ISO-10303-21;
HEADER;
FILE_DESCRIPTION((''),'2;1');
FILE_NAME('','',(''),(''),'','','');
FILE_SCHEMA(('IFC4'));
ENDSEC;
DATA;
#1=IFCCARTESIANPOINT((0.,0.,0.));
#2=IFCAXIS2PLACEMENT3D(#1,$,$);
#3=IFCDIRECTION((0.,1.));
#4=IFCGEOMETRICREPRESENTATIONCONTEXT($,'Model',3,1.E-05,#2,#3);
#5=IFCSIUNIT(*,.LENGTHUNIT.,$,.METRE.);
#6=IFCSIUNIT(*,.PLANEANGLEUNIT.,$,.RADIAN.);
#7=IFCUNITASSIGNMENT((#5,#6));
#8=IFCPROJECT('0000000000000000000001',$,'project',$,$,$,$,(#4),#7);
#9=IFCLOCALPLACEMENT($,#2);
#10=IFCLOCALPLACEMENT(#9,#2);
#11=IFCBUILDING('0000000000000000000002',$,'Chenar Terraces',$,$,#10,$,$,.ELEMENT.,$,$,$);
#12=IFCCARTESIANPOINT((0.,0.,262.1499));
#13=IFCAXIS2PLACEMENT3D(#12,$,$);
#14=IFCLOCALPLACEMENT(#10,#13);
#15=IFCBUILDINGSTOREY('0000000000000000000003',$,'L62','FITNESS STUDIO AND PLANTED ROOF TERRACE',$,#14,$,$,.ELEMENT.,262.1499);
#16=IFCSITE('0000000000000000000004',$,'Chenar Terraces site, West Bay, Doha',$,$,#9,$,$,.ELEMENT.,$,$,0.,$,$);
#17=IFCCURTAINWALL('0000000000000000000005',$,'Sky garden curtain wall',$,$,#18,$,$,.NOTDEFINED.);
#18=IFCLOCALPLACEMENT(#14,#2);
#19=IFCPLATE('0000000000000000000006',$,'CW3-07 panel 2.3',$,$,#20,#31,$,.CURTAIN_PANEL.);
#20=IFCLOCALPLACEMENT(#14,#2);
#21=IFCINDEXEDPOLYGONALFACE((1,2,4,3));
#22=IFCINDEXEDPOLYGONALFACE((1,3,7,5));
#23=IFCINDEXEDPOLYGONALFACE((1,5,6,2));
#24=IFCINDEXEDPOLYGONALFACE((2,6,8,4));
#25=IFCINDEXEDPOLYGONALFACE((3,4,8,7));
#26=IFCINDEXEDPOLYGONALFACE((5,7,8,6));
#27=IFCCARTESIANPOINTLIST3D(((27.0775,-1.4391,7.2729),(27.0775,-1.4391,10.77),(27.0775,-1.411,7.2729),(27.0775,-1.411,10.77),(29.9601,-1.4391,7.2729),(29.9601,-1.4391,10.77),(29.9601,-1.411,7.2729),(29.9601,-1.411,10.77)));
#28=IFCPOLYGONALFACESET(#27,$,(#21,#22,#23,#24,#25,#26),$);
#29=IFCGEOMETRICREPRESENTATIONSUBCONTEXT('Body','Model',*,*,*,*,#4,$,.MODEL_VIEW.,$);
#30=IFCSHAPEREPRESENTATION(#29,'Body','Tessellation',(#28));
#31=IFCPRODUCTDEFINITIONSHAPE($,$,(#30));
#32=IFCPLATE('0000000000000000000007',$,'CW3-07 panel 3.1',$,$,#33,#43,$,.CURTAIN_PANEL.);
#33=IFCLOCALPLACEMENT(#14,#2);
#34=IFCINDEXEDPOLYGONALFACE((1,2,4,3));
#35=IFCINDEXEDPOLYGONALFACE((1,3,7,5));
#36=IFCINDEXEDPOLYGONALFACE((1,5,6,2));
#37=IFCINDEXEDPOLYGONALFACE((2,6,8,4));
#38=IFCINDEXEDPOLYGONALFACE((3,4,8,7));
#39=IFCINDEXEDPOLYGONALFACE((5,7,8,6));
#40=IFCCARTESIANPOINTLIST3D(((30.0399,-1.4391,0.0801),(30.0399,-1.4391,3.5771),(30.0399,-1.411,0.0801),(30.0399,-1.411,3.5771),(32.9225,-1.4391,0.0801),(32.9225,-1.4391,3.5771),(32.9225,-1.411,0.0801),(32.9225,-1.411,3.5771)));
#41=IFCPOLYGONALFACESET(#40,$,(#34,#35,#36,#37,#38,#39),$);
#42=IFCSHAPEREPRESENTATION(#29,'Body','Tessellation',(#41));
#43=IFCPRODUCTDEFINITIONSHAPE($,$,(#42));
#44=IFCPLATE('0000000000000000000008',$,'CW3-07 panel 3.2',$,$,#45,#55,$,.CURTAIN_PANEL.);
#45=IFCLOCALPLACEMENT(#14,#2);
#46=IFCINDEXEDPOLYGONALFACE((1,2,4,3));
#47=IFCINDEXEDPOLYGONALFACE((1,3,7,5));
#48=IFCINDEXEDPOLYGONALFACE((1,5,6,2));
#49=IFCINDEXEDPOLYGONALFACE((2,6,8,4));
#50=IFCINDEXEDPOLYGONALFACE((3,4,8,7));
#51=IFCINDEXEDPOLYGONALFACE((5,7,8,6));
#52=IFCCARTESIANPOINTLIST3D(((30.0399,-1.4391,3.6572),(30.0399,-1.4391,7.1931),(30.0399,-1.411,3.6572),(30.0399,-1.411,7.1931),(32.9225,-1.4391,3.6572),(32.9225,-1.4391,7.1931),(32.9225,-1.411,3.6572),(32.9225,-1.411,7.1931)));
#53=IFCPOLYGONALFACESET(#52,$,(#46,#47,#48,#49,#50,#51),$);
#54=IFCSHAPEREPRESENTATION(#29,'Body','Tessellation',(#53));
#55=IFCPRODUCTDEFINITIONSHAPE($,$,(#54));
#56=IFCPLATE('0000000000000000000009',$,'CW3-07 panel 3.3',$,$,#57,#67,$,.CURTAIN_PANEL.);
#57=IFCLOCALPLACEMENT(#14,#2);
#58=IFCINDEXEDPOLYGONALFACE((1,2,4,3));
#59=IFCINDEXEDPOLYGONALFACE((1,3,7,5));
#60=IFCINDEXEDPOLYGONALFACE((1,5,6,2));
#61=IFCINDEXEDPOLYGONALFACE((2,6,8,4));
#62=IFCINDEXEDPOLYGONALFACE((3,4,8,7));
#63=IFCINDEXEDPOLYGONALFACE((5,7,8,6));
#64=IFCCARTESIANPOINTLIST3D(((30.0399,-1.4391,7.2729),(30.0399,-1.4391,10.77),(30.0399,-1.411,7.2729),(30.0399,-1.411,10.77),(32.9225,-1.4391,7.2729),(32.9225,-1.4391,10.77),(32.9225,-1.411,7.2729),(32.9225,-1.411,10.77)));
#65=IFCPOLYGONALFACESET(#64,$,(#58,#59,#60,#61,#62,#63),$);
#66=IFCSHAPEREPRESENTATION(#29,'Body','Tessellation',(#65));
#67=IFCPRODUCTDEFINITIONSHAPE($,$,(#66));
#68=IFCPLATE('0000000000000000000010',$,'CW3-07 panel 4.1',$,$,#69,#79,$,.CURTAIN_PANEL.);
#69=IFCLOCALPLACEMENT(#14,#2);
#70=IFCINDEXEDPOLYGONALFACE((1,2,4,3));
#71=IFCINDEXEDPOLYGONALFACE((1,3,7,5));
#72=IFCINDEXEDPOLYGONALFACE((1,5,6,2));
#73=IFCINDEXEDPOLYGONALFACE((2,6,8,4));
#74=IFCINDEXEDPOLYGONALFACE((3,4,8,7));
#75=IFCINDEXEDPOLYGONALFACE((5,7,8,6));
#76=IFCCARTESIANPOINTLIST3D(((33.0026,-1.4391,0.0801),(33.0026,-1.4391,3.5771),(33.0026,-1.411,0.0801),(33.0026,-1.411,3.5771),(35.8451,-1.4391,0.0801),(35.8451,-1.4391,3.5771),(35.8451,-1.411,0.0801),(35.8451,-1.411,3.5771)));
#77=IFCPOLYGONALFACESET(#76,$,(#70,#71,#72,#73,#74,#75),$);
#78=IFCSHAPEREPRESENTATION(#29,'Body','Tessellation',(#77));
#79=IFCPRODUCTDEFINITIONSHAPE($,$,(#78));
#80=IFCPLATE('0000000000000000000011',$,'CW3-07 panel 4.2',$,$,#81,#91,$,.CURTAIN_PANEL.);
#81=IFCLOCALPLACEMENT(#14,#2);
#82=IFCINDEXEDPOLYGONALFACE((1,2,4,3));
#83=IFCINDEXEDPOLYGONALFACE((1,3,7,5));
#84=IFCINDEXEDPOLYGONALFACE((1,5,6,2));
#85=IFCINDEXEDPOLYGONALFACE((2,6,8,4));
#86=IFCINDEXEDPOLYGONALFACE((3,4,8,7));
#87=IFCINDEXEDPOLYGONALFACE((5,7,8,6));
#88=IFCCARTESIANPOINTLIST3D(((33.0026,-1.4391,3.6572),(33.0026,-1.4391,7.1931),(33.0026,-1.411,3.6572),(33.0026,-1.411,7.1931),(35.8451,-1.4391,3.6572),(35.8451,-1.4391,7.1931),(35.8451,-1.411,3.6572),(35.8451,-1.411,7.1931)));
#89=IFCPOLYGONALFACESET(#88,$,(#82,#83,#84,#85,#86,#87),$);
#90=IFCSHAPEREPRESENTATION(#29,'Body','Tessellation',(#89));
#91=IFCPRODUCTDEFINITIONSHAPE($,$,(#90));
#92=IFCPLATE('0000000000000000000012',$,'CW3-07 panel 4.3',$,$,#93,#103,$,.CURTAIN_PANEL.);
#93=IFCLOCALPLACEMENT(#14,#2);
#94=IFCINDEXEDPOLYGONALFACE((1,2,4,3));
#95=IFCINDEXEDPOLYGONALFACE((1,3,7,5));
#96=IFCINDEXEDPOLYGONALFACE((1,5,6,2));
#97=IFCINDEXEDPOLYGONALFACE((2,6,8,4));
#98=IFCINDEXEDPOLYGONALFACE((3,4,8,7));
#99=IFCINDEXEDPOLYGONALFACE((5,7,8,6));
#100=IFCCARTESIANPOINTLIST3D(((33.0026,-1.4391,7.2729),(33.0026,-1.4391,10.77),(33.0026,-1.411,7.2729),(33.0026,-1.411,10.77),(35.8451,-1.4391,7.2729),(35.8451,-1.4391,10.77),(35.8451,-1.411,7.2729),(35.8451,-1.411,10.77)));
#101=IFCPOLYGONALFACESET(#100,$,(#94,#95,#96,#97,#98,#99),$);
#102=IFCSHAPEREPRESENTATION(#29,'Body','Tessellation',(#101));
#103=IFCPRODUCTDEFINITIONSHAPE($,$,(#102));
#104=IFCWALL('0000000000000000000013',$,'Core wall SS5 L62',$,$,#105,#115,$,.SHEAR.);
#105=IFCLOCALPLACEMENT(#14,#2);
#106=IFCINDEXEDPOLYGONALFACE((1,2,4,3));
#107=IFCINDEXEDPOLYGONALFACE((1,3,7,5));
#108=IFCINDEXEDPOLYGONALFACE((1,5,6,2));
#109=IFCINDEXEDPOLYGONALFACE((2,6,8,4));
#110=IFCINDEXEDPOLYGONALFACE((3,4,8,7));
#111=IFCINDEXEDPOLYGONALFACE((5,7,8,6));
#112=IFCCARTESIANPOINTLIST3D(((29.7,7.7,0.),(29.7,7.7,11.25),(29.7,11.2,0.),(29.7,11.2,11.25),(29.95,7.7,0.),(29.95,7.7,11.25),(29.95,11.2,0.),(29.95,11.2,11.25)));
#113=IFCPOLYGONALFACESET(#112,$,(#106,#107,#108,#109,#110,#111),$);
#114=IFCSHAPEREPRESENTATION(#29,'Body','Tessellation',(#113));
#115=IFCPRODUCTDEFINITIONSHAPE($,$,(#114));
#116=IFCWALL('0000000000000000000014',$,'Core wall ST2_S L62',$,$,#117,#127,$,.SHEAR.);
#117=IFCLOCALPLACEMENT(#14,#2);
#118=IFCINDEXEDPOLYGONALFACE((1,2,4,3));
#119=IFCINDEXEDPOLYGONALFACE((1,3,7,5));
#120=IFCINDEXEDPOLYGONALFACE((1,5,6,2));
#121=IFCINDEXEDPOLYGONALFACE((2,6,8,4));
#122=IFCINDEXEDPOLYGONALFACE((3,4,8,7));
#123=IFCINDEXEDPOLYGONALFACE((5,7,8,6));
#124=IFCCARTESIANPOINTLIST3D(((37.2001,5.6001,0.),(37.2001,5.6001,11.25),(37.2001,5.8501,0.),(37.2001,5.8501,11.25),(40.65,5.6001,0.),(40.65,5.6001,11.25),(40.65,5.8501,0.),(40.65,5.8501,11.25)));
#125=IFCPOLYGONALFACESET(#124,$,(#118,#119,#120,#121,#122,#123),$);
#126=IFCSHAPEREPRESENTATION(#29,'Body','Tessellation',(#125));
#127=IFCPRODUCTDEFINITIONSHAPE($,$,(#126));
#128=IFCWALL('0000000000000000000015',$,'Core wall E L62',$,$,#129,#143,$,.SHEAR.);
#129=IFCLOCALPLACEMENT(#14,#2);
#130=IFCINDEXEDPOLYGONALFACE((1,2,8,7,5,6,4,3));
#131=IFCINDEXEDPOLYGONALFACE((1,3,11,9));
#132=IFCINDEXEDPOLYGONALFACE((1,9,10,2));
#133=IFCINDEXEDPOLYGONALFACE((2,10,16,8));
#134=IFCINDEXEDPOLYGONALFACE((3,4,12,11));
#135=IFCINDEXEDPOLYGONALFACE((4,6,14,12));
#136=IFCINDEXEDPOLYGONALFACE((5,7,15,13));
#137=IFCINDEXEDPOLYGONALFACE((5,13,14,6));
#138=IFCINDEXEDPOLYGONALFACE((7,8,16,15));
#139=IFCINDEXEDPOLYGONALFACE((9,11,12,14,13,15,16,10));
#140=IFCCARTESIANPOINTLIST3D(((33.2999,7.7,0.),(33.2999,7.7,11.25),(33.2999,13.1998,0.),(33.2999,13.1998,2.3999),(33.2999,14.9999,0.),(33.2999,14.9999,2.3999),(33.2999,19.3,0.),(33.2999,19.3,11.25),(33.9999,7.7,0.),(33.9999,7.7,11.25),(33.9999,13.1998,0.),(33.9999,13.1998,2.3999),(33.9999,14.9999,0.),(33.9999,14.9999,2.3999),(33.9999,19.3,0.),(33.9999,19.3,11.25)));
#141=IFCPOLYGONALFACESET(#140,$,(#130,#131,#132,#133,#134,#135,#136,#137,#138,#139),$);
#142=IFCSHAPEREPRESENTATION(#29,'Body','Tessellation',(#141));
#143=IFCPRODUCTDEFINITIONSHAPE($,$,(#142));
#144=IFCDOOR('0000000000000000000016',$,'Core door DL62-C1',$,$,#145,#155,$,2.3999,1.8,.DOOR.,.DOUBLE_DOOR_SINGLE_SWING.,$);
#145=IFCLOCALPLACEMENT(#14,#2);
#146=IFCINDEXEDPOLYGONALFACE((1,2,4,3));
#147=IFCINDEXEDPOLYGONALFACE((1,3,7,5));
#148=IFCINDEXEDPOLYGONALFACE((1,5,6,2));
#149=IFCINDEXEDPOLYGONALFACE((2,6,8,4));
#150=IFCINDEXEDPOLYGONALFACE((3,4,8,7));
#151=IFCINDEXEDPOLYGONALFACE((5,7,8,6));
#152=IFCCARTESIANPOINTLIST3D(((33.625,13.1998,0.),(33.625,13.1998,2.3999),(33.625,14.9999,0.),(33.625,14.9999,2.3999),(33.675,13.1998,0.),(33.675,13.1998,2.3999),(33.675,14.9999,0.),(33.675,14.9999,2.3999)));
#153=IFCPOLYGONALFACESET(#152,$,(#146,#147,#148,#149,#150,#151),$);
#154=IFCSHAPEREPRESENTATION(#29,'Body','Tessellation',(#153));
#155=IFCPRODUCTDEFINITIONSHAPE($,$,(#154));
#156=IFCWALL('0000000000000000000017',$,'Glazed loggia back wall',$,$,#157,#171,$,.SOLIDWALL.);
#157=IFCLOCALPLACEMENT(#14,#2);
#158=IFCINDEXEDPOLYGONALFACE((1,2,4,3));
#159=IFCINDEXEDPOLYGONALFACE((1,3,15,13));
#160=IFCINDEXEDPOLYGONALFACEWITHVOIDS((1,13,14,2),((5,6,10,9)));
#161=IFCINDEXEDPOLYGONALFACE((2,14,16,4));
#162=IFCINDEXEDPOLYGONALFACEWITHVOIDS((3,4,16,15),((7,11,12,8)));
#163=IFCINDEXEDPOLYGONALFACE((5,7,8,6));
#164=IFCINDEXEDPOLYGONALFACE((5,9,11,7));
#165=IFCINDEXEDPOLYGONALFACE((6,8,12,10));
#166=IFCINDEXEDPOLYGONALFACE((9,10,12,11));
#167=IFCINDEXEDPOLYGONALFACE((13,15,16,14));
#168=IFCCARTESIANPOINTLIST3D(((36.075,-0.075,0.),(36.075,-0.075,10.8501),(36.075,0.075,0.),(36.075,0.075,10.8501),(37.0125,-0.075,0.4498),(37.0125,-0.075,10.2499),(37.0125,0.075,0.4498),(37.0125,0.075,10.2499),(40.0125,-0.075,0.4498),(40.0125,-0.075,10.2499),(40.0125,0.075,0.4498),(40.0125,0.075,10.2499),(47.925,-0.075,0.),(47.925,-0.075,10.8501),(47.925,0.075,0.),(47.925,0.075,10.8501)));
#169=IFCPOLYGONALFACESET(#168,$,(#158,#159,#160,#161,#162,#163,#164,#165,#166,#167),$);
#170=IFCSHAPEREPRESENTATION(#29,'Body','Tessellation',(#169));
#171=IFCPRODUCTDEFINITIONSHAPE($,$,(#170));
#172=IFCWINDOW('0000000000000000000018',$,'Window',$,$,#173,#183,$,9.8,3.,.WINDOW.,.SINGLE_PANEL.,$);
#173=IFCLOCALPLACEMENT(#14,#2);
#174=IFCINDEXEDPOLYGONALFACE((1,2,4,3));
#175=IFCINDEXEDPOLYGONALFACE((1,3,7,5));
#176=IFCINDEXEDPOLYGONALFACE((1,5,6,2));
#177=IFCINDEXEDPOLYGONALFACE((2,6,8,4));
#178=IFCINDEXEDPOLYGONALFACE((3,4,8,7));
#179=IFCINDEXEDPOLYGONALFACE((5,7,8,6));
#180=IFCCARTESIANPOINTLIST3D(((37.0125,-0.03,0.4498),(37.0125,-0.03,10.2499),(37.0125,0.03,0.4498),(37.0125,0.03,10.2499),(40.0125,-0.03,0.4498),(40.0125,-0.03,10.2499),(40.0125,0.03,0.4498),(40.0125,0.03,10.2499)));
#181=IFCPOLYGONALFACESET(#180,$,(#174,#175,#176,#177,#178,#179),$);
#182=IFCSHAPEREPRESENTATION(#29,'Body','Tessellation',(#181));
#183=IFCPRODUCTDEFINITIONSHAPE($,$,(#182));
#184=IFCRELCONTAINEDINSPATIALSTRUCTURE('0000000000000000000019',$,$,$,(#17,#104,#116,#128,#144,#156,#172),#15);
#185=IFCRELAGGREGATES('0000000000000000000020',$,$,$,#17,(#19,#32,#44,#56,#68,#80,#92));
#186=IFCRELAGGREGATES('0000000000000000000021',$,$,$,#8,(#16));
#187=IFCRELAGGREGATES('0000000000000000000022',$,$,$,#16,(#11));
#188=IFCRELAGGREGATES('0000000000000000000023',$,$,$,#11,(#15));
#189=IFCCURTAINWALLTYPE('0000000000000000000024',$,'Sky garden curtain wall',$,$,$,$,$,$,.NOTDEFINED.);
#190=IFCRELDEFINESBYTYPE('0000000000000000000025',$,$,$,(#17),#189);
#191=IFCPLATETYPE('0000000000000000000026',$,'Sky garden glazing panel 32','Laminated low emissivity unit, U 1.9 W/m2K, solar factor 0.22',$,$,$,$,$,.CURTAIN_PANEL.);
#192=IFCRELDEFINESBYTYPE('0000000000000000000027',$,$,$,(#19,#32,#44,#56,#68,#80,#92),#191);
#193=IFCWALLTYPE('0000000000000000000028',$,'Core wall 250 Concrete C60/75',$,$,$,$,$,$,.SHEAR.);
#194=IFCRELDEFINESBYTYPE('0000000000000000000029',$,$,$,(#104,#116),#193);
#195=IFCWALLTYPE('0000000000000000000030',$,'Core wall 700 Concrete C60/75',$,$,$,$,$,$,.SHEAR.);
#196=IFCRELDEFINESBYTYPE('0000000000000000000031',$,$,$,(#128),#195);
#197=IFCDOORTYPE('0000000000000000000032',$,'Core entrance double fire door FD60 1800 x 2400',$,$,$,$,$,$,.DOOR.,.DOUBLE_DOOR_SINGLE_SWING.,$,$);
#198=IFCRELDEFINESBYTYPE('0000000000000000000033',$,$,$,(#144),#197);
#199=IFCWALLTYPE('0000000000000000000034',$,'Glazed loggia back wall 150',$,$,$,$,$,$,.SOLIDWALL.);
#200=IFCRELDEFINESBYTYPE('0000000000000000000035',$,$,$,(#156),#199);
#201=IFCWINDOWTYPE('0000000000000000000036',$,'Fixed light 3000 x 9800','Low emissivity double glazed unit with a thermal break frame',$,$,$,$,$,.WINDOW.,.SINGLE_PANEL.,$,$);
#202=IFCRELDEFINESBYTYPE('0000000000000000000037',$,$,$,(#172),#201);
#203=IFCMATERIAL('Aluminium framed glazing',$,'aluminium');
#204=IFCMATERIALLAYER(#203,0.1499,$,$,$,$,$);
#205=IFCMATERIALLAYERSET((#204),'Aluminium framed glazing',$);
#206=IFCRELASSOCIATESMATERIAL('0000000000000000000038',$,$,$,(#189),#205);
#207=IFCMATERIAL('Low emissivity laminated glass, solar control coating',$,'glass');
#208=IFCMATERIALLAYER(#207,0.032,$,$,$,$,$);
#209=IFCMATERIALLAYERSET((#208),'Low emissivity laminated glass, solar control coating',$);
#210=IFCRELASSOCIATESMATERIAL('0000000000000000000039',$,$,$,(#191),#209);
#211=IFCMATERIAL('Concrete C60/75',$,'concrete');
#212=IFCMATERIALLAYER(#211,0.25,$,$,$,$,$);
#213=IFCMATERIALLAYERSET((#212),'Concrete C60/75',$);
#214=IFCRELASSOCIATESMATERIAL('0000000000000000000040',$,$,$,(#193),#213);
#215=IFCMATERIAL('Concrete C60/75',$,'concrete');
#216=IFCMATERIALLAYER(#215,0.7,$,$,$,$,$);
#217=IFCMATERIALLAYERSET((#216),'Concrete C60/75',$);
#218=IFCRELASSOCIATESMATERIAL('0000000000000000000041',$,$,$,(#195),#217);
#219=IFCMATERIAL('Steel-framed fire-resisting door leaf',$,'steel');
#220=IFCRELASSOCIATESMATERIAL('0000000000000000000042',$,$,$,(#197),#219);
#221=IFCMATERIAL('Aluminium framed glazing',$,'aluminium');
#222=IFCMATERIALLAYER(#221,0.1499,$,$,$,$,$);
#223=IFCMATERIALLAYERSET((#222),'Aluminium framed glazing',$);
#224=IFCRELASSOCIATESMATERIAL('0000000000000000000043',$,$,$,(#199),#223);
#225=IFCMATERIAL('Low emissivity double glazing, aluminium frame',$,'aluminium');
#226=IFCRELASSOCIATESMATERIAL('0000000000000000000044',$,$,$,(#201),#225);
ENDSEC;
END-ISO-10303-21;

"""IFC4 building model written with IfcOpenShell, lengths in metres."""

from ifc_helpers import new_model, si_unit, direction, frame, frame_2d, origin, origin_2d, place, context, subcontext, project, spatial, rectangle, extrude, material, layer, layer_set, type_object, element, fill, aggregate, save


model = new_model("IFC4")

# Units and contexts
model_context = context("Model", 3, precision=1e-05, world=origin(), true_north=direction((0.0, 1.0)))
body_context = subcontext(model_context, "Body", "Model", "MODEL_VIEW")
ifc_project = project(units=[si_unit("LENGTHUNIT", "METRE"), si_unit("PLANEANGLEUNIT", "RADIAN")], contexts=[model_context])

# Site, building, storey
site_placement = place(None, origin())
site = spatial("IfcSite", under=ifc_project, at=site_placement, Name="Chenar Terraces site, West Bay, Doha", CompositionType="ELEMENT", RefElevation=0.0)
building_placement = place(site_placement, origin())
building = spatial("IfcBuilding", under=site, at=building_placement, Name="Chenar Terraces", CompositionType="ELEMENT")
storey_placement = place(building_placement, frame((0.0, 0.0, 262.1499)))
storey = spatial("IfcBuildingStorey", under=building, at=storey_placement, Name="L62", Description="FITNESS STUDIO AND PLANTED ROOF TERRACE", CompositionType="ELEMENT", Elevation=262.1499)

# Curtain wall, plates
ifc_material_1 = material(Name="Aluminium framed glazing", Category="aluminium")
ifc_layer_1 = layer(ifc_material_1, 0.1499)
ifc_layer_set_1 = layer_set([ifc_layer_1], Name="Aluminium framed glazing")
curtain_wall_type = type_object("IfcCurtainWallType", Name="Sky garden curtain wall", PredefinedType="NOTDEFINED", material=ifc_layer_set_1)
curtain_wall_placement = place(storey_placement, origin())
curtain_wall = element("IfcCurtainWall", 1, at=curtain_wall_placement, inside=storey, type_object=curtain_wall_type, Name="Sky garden curtain wall", PredefinedType="NOTDEFINED")
ifc_material_2 = material(Name="Low emissivity laminated glass, solar control coating", Category="glass")
ifc_layer_2 = layer(ifc_material_2, 0.032)
ifc_layer_set_2 = layer_set([ifc_layer_2], Name="Low emissivity laminated glass, solar control coating")
plate_type = type_object("IfcPlateType", Name="Sky garden glazing panel 32", Description="Laminated low emissivity unit, U 1.9 W/m2K, solar factor 0.22", PredefinedType="CURTAIN_PANEL", material=ifc_layer_set_2)
plate_1_placement = place(storey_placement, frame((28.5188, -1.425, 7.2729), z_axis=(0.0, 0.0, 1.0), x_axis=(1.0, 0.0, 0.0)))
plate_1 = element("IfcPlate", 2, at=plate_1_placement, type_object=plate_type, Name="CW3-07 panel 2.3", PredefinedType="CURTAIN_PANEL", context=body_context, shape_type="SweptSolid", body=[
    extrude(rectangle(XDim=2.8826, YDim=0.0281, at=origin_2d()), origin(), (0.0, 0.0, 1.0), 3.4971),
])
plate_2_placement = place(storey_placement, frame((31.4812, -1.425, 0.0801), z_axis=(0.0, 0.0, 1.0), x_axis=(1.0, 0.0, 0.0)))
plate_2 = element("IfcPlate", 3, at=plate_2_placement, type_object=plate_type, Name="CW3-07 panel 3.1", PredefinedType="CURTAIN_PANEL", context=body_context, shape_type="SweptSolid", body=[
    extrude(rectangle(XDim=2.8826, YDim=0.0281, at=origin_2d()), origin(), (0.0, 0.0, 1.0), 3.4971),
])
plate_3_placement = place(storey_placement, frame((31.4812, -1.425, 3.6572), z_axis=(0.0, 0.0, 1.0), x_axis=(1.0, 0.0, 0.0)))
plate_3 = element("IfcPlate", 4, at=plate_3_placement, type_object=plate_type, Name="CW3-07 panel 3.2", PredefinedType="CURTAIN_PANEL", context=body_context, shape_type="SweptSolid", body=[
    extrude(rectangle(XDim=2.8826, YDim=0.0281, at=origin_2d()), origin(), (0.0, 0.0, 1.0), 3.5359),
])
plate_4_placement = place(storey_placement, frame((31.4812, -1.425, 7.2729), z_axis=(0.0, 0.0, 1.0), x_axis=(1.0, 0.0, 0.0)))
plate_4 = element("IfcPlate", 5, at=plate_4_placement, type_object=plate_type, Name="CW3-07 panel 3.3", PredefinedType="CURTAIN_PANEL", context=body_context, shape_type="SweptSolid", body=[
    extrude(rectangle(XDim=2.8826, YDim=0.0281, at=origin_2d()), origin(), (0.0, 0.0, 1.0), 3.4971),
])
plate_5_placement = place(storey_placement, frame((34.4238, -1.425, 0.0801), z_axis=(0.0, 0.0, 1.0), x_axis=(1.0, 0.0, 0.0)))
plate_5 = element("IfcPlate", 6, at=plate_5_placement, type_object=plate_type, Name="CW3-07 panel 4.1", PredefinedType="CURTAIN_PANEL", context=body_context, shape_type="SweptSolid", body=[
    extrude(rectangle(XDim=2.8425, YDim=0.0281, at=origin_2d()), origin(), (0.0, 0.0, 1.0), 3.4971),
])
plate_6_placement = place(storey_placement, frame((34.4238, -1.425, 3.6572), z_axis=(0.0, 0.0, 1.0), x_axis=(1.0, 0.0, 0.0)))
plate_6 = element("IfcPlate", 7, at=plate_6_placement, type_object=plate_type, Name="CW3-07 panel 4.2", PredefinedType="CURTAIN_PANEL", context=body_context, shape_type="SweptSolid", body=[
    extrude(rectangle(XDim=2.8425, YDim=0.0281, at=origin_2d()), origin(), (0.0, 0.0, 1.0), 3.5359),
])
plate_7_placement = place(storey_placement, frame((34.4238, -1.425, 7.2729), z_axis=(0.0, 0.0, 1.0), x_axis=(1.0, 0.0, 0.0)))
plate_7 = element("IfcPlate", 8, at=plate_7_placement, type_object=plate_type, Name="CW3-07 panel 4.3", PredefinedType="CURTAIN_PANEL", context=body_context, shape_type="SweptSolid", body=[
    extrude(rectangle(XDim=2.8425, YDim=0.0281, at=origin_2d()), origin(), (0.0, 0.0, 1.0), 3.4971),
])
aggregate(curtain_wall, [plate_1, plate_2, plate_3, plate_4, plate_5, plate_6, plate_7])

# Walls
ifc_material_3 = material(Name="Concrete C60/75", Category="concrete")
ifc_layer_3 = layer(ifc_material_3, 0.25)
ifc_layer_set_3 = layer_set([ifc_layer_3], Name="Concrete C60/75")
wall_type_1 = type_object("IfcWallType", Name="Core wall 250 Concrete C60/75", PredefinedType="SHEAR", material=ifc_layer_set_3)
wall_1_placement = place(storey_placement, frame((29.825, 7.7, 0.0), z_axis=(0.0, 0.0, 1.0), x_axis=(0.0, 1.0, 0.0)))
element("IfcWall", 9, at=wall_1_placement, inside=storey, type_object=wall_type_1, Name="Core wall SS5 L62", PredefinedType="SHEAR", context=body_context, shape_type="SweptSolid", body=[
    extrude(rectangle(XDim=3.5, YDim=0.25, at=frame_2d((1.75, 0.0))), origin(), (0.0, 0.0, 1.0), 11.25),
])
wall_2_placement = place(storey_placement, frame((37.2, 5.7251, 0.0), z_axis=(0.0, 0.0, 1.0), x_axis=(1.0, 0.0, 0.0)))
element("IfcWall", 10, at=wall_2_placement, inside=storey, type_object=wall_type_1, Name="Core wall ST2_S L62", PredefinedType="SHEAR", context=body_context, shape_type="SweptSolid", body=[
    extrude(rectangle(XDim=3.45, YDim=0.25, at=frame_2d((1.7251, 0.0))), origin(), (0.0, 0.0, 1.0), 11.25),
])

# Wall, opening, door
ifc_material_4 = material(Name="Concrete C60/75", Category="concrete")
ifc_layer_4 = layer(ifc_material_4, 0.7)
ifc_layer_set_4 = layer_set([ifc_layer_4], Name="Concrete C60/75")
wall_type_2 = type_object("IfcWallType", Name="Core wall 700 Concrete C60/75", PredefinedType="SHEAR", material=ifc_layer_set_4)
wall_3_placement = place(storey_placement, frame((33.6499, 7.7, 0.0), z_axis=(0.0, 0.0, 1.0), x_axis=(0.0, 1.0, 0.0)))
wall_3 = element("IfcWall", 11, at=wall_3_placement, inside=storey, type_object=wall_type_2, Name="Core wall E L62", PredefinedType="SHEAR", context=body_context, shape_type="SweptSolid", body=[
    extrude(rectangle(XDim=11.6001, YDim=0.7, at=frame_2d((5.8, 0.0))), origin(), (0.0, 0.0, 1.0), 11.25),
])
opening_1_placement = place(wall_3_placement, frame((5.5, 0.0, 0.0)))
opening_1 = element("IfcOpeningElement", 12, at=opening_1_placement, cuts=wall_3, PredefinedType="OPENING", context=body_context, shape_type="SweptSolid", body=[
    extrude(rectangle(XDim=1.8, YDim=2.3999, at=frame_2d((0.8999, 1.2))), frame((0.0, 0.3599, 0.0), z_axis=(0.0, -1.0, 0.0), x_axis=(1.0, 0.0, 0.0)), (0.0, 0.0, 1.0), 0.72),
])
ifc_material_5 = material(Name="Steel-framed fire-resisting door leaf", Category="steel")
door_type = type_object("IfcDoorType", Name="Core entrance double fire door FD60 1800 x 2400", OperationType="DOUBLE_DOOR_SINGLE_SWING", PredefinedType="DOOR", material=ifc_material_5)
door_placement = place(opening_1_placement, origin())
door = element("IfcDoor", 13, at=door_placement, inside=storey, type_object=door_type, Name="Core door DL62-C1", OperationType="DOUBLE_DOOR_SINGLE_SWING", OverallHeight=2.3999, OverallWidth=1.8, PredefinedType="DOOR", context=body_context, shape_type="SweptSolid", body=[
    extrude(rectangle(XDim=1.8, YDim=2.3999, at=frame_2d((0.8999, 1.2))), frame((0.0, 0.0249, 0.0), z_axis=(0.0, -1.0, 0.0), x_axis=(1.0, 0.0, 0.0)), (0.0, 0.0, 1.0), 0.05),
])
fill(opening_1, door)

# Wall, opening, window
ifc_material_6 = material(Name="Aluminium framed glazing", Category="aluminium")
ifc_layer_5 = layer(ifc_material_6, 0.1499)
ifc_layer_set_5 = layer_set([ifc_layer_5], Name="Aluminium framed glazing")
wall_type_3 = type_object("IfcWallType", Name="Glazed loggia back wall 150", PredefinedType="SOLIDWALL", material=ifc_layer_set_5)
wall_4_placement = place(storey_placement, frame((36.075, 0.0, 0.0), z_axis=(0.0, 0.0, 1.0), x_axis=(1.0, 0.0, 0.0)))
wall_4 = element("IfcWall", 14, at=wall_4_placement, inside=storey, type_object=wall_type_3, Name="Glazed loggia back wall", PredefinedType="SOLIDWALL", context=body_context, shape_type="SweptSolid", body=[
    extrude(rectangle(XDim=11.8501, YDim=0.1499, at=frame_2d((5.925, 0.0))), origin(), (0.0, 0.0, 1.0), 10.8501),
])
opening_2_placement = place(wall_4_placement, frame((0.9375, 0.0, 0.45)))
opening_2 = element("IfcOpeningElement", 15, at=opening_2_placement, cuts=wall_4, PredefinedType="OPENING", context=body_context, shape_type="SweptSolid", body=[
    extrude(rectangle(XDim=3.0, YDim=9.8, at=frame_2d((1.5, 4.8999))), frame((0.0, 0.085, 0.0), z_axis=(0.0, -1.0, 0.0), x_axis=(1.0, 0.0, 0.0)), (0.0, 0.0, 1.0), 0.1699),
])
ifc_material_7 = material(Name="Low emissivity double glazing, aluminium frame", Category="aluminium")
window_type = type_object("IfcWindowType", Name="Fixed light 3000 x 9800", Description="Low emissivity double glazed unit with a thermal break frame", PartitioningType="SINGLE_PANEL", PredefinedType="WINDOW", material=ifc_material_7)
window_placement = place(opening_2_placement, origin())
window = element("IfcWindow", 16, at=window_placement, inside=storey, type_object=window_type, Name="Window", OverallHeight=9.8, OverallWidth=3.0, PartitioningType="SINGLE_PANEL", PredefinedType="WINDOW", context=body_context, shape_type="SweptSolid", body=[
    extrude(rectangle(XDim=3.0, YDim=9.8, at=frame_2d((1.5, 4.8999))), frame((0.0, 0.03, 0.0), z_axis=(0.0, -1.0, 0.0), x_axis=(1.0, 0.0, 0.0)), (0.0, 0.0, 1.0), 0.0601),
])
fill(opening_2, window)

save(model, "model.ifc")
